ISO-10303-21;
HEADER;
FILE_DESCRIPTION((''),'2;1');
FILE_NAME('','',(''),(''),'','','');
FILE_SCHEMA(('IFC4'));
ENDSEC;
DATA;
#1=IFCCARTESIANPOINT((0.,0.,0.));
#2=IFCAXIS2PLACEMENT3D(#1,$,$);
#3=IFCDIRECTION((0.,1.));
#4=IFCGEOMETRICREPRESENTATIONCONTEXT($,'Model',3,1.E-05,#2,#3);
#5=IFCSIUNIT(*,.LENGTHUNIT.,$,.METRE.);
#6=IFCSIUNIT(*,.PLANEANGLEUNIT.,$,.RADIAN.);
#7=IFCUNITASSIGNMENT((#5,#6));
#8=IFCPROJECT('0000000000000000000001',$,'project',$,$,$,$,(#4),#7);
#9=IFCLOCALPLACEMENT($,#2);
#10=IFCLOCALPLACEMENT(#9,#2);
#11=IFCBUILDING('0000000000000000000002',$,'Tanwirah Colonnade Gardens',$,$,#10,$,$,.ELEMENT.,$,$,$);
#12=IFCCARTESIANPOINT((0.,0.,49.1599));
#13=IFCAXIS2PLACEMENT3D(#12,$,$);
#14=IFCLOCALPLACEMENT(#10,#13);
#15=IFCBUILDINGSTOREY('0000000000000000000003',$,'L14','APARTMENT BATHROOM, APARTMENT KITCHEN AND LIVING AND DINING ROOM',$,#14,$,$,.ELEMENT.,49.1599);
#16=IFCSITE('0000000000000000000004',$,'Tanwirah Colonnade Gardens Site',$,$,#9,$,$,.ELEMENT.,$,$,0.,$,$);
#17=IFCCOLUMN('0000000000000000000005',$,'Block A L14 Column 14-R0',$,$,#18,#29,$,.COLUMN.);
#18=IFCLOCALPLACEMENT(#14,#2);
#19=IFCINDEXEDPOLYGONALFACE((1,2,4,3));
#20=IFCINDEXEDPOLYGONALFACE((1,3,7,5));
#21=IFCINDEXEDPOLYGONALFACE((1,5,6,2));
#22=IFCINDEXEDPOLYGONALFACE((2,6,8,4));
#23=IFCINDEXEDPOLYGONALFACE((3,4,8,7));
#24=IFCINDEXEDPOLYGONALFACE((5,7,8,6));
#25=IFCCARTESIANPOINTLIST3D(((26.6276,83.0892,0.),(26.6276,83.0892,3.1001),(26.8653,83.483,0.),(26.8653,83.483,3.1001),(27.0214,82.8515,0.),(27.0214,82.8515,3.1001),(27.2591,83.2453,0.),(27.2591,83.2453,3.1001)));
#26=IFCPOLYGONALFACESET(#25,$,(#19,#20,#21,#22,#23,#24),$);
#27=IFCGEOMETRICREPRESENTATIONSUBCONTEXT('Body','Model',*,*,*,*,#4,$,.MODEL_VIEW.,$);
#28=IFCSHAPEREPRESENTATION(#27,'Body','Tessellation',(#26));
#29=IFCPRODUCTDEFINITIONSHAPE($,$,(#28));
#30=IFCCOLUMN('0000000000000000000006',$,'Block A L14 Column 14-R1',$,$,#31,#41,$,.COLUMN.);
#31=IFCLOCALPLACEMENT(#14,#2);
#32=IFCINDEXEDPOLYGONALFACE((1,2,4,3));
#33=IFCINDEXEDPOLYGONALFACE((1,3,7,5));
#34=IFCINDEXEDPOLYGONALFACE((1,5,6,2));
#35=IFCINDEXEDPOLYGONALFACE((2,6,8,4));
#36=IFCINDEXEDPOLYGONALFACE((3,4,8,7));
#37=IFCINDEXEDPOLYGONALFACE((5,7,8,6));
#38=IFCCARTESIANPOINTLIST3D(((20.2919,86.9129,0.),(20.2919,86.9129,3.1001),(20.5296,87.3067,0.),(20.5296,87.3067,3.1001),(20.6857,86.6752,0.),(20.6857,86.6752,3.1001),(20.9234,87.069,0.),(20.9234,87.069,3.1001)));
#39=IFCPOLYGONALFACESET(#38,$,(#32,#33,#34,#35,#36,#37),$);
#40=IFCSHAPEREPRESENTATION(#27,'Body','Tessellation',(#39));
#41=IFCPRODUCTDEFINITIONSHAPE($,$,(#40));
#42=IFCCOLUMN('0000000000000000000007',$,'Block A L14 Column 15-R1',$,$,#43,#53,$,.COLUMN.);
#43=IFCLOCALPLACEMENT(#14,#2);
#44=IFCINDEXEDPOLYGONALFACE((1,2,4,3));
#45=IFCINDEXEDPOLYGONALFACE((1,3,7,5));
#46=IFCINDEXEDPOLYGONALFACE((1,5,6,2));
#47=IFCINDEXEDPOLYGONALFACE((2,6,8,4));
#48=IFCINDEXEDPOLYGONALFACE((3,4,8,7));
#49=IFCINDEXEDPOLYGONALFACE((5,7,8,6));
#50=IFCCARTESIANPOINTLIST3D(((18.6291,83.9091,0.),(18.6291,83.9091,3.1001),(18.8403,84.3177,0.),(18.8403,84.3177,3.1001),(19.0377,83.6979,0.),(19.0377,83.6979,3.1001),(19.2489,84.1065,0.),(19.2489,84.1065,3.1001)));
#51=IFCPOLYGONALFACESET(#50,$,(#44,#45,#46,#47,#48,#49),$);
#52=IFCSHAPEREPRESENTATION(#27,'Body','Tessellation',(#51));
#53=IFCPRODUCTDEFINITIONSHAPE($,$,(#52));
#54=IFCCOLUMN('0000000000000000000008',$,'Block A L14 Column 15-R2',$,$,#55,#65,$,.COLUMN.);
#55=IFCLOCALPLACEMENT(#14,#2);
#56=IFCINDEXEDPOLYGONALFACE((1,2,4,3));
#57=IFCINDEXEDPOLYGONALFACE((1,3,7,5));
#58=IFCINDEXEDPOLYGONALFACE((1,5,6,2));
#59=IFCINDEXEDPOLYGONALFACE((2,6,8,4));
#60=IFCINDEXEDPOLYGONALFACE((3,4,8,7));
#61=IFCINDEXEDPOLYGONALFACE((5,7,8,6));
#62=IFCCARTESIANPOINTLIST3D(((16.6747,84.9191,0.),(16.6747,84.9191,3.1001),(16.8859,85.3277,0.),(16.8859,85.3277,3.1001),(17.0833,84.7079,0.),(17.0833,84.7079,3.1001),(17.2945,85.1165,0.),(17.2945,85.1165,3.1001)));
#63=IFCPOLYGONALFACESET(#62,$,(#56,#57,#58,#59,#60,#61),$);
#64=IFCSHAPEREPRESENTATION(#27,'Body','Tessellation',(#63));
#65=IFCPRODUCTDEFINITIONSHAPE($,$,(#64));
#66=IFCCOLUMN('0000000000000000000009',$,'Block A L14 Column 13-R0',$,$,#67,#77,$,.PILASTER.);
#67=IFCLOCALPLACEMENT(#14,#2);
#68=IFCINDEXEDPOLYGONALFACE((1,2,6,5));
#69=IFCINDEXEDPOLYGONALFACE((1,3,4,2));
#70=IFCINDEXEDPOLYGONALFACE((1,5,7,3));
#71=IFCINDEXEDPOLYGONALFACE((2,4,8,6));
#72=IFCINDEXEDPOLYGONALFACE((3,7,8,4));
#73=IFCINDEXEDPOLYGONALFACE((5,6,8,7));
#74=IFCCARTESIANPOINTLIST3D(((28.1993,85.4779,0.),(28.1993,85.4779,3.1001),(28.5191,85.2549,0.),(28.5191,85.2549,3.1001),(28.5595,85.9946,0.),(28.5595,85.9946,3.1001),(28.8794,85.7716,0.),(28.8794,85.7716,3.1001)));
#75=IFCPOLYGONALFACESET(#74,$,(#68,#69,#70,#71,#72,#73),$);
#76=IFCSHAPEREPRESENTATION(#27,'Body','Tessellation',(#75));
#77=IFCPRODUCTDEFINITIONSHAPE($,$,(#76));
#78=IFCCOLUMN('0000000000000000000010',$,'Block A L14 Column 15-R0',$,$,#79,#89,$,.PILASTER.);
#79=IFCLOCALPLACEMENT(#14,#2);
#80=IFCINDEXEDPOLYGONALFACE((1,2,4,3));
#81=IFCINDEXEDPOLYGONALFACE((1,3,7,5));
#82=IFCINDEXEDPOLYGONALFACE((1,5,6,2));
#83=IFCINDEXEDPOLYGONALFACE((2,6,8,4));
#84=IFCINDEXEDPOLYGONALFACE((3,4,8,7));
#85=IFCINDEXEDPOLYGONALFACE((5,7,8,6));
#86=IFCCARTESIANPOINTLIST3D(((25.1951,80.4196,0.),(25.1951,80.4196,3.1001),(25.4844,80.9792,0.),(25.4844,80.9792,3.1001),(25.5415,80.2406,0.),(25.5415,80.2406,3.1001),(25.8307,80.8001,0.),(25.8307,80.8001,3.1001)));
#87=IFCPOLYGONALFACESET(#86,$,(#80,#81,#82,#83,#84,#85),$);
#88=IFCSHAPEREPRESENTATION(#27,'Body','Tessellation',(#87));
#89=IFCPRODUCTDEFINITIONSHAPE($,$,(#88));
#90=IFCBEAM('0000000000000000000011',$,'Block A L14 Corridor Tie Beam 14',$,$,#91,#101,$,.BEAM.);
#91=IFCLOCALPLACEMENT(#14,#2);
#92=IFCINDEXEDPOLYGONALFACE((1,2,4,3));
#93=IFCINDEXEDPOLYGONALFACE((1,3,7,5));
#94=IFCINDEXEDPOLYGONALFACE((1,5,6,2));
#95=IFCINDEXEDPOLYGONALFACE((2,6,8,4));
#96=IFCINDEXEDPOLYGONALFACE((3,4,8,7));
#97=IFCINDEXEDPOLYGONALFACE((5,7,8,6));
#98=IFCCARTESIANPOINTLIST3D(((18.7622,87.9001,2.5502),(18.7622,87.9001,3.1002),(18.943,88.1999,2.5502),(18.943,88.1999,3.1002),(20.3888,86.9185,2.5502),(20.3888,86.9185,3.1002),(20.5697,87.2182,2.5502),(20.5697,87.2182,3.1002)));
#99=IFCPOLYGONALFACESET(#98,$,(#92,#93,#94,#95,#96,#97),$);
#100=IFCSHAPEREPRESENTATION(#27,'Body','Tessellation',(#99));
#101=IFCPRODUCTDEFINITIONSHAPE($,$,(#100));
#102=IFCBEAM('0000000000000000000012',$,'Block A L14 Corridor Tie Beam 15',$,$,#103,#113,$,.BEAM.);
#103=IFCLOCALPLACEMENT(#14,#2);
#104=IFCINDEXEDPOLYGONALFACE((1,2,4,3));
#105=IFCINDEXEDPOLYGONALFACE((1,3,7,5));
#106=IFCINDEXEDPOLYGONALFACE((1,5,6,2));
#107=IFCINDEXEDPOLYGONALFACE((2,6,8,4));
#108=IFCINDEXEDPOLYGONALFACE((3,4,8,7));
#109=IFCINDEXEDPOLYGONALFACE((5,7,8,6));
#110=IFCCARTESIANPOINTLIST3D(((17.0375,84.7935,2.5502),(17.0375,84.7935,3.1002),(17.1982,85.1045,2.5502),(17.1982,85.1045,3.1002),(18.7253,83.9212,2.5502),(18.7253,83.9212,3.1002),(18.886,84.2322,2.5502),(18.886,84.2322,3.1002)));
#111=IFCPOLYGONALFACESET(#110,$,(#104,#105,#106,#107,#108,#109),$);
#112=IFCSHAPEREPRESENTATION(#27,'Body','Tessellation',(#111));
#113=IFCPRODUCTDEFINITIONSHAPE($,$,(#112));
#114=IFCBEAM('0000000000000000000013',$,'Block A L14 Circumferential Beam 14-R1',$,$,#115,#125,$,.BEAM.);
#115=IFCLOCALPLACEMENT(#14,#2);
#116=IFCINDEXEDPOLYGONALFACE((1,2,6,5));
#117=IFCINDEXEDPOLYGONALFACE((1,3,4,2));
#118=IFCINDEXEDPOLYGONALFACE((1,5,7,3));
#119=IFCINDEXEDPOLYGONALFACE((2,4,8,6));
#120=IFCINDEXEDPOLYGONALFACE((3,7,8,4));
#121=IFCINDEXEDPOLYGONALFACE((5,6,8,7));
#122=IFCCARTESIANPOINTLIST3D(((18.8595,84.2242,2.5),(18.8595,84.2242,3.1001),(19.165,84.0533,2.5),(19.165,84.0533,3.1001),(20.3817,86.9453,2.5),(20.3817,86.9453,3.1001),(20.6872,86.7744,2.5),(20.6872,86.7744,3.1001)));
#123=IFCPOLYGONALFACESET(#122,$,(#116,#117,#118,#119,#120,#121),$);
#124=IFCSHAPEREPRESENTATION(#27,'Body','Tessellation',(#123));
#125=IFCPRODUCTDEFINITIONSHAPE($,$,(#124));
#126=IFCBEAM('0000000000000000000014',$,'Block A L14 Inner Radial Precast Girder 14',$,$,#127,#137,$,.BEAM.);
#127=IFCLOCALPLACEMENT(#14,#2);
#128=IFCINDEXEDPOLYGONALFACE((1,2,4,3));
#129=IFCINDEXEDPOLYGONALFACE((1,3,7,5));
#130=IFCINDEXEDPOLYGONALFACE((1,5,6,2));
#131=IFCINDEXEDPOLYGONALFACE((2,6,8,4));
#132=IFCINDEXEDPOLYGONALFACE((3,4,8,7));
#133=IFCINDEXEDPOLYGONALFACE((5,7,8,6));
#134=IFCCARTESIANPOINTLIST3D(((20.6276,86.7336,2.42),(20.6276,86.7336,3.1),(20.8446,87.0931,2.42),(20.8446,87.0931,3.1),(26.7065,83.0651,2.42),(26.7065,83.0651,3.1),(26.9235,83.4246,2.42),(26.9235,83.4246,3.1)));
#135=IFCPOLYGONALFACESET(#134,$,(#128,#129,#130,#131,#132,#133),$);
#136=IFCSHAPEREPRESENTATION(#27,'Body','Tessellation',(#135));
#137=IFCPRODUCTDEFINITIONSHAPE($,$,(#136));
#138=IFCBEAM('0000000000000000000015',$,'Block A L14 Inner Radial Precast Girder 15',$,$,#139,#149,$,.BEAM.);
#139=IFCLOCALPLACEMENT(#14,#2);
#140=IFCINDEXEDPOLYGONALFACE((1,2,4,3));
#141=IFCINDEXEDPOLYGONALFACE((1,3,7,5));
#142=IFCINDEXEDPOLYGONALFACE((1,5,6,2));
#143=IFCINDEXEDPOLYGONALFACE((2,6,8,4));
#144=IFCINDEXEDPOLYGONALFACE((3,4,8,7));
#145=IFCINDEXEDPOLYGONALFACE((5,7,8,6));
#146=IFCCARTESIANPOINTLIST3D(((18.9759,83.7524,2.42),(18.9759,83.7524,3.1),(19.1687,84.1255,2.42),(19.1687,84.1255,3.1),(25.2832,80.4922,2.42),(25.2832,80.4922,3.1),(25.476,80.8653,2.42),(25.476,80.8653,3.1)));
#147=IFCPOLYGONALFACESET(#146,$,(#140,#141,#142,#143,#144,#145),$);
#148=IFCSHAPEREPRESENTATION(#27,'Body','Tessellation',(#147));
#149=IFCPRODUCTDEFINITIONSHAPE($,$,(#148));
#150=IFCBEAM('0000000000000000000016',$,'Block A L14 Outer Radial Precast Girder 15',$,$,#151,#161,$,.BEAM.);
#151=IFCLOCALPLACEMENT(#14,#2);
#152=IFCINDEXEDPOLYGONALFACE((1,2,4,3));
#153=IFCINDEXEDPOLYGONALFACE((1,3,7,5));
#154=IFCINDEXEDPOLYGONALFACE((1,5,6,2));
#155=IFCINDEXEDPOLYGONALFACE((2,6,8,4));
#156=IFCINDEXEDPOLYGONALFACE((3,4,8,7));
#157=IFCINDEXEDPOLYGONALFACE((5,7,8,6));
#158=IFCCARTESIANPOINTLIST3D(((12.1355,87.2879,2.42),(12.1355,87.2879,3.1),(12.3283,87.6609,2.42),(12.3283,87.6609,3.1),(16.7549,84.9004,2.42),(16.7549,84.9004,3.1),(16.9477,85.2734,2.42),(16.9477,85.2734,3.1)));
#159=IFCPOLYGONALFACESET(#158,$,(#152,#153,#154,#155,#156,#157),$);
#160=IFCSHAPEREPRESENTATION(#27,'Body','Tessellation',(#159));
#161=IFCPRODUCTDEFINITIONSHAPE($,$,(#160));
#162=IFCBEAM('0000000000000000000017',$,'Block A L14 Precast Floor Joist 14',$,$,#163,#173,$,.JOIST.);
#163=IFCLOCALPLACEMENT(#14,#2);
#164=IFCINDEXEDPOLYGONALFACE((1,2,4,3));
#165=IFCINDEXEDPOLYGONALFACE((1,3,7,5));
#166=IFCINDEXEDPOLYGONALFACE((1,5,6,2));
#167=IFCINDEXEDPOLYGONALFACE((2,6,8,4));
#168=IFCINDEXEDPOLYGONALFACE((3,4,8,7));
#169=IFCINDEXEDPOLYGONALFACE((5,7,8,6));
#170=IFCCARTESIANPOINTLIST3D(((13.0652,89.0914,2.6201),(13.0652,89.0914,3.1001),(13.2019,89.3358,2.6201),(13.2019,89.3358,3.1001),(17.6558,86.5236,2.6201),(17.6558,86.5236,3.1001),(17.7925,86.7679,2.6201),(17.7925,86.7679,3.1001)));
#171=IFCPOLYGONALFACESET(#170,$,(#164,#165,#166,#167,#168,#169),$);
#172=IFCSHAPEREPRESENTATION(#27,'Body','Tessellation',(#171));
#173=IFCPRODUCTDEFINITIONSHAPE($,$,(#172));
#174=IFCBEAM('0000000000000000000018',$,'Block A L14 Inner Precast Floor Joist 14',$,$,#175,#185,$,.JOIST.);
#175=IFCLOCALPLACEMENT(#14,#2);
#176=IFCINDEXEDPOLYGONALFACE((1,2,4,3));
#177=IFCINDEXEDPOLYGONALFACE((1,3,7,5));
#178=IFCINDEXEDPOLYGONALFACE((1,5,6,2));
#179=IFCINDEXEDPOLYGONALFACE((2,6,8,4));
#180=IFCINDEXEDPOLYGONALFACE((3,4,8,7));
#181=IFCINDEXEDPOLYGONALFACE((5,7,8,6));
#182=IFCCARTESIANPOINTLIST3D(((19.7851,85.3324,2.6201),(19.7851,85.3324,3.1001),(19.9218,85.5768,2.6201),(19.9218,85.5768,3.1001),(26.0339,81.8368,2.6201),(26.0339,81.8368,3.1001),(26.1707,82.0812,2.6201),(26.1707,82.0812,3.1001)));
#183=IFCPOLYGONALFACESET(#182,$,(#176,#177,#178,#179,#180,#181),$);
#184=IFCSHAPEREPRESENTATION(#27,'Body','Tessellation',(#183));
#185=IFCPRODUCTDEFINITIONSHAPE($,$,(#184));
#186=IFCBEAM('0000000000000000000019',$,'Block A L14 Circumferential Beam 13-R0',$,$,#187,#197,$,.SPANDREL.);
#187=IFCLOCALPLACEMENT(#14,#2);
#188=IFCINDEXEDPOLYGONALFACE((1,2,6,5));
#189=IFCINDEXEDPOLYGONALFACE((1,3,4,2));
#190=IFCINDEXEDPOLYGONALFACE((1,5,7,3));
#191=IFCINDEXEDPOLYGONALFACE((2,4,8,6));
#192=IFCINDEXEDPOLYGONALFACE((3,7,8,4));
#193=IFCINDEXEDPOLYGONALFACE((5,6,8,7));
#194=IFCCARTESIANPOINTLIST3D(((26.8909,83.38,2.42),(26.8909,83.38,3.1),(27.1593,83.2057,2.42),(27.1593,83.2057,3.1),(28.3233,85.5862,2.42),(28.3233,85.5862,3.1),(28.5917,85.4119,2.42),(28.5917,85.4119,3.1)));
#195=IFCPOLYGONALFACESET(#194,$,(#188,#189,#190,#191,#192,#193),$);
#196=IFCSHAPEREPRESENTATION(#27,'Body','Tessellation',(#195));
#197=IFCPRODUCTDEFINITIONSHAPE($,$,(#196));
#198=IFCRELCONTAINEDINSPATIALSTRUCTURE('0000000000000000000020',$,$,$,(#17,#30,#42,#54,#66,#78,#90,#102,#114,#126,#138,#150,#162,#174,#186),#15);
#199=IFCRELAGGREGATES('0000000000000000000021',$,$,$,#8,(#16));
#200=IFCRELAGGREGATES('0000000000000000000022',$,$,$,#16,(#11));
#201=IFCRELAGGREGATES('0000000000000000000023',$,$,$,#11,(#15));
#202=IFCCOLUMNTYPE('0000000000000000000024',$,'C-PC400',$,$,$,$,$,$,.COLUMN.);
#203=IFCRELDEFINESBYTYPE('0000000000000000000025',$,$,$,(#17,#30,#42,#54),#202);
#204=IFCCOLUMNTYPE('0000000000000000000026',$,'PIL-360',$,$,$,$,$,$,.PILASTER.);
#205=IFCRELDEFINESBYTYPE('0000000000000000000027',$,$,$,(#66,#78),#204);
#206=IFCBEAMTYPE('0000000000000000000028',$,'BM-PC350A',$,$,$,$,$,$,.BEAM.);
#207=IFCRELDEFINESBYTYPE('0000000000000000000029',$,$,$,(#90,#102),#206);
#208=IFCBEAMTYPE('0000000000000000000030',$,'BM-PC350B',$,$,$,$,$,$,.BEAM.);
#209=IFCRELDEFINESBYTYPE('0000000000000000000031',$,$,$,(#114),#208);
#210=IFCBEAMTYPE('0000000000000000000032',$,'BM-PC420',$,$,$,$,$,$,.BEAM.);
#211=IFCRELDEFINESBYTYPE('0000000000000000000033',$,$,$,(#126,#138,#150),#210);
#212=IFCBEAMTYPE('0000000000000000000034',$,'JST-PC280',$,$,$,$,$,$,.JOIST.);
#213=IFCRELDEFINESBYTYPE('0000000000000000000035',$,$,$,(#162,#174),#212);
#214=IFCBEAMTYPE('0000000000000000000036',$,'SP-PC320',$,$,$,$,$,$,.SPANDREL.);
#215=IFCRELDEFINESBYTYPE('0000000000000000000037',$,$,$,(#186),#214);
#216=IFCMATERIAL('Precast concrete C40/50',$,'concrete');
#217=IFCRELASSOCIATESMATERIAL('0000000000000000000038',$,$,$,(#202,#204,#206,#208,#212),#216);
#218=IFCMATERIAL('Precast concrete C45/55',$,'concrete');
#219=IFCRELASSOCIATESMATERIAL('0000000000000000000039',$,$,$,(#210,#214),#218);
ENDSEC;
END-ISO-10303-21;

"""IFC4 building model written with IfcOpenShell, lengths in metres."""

from ifc_helpers import new_model, si_unit, direction, frame, origin, origin_2d, place, context, subcontext, project, spatial, rectangle, extrude, material, material_profile, profile_set, type_object, element, save


model = new_model("IFC4")

# Units and contexts
model_context = context("Model", 3, precision=1e-05, world=origin(), true_north=direction((0.0, 1.0)))
body_context = subcontext(model_context, "Body", "Model", "MODEL_VIEW")
ifc_project = project(units=[si_unit("LENGTHUNIT", "METRE"), si_unit("PLANEANGLEUNIT", "RADIAN")], contexts=[model_context])

# Site, building, storey
site_placement = place(None, origin())
site = spatial("IfcSite", under=ifc_project, at=site_placement, Name="Tanwirah Colonnade Gardens Site", CompositionType="ELEMENT", RefElevation=0.0)
building_placement = place(site_placement, origin())
building = spatial("IfcBuilding", under=site, at=building_placement, Name="Tanwirah Colonnade Gardens", CompositionType="ELEMENT")
storey_placement = place(building_placement, frame((0.0, 0.0, 49.1599)))
storey = spatial("IfcBuildingStorey", under=building, at=storey_placement, Name="L14", Description="APARTMENT BATHROOM, APARTMENT KITCHEN AND LIVING AND DINING ROOM", CompositionType="ELEMENT", Elevation=49.1599)

# Columns
ifc_material_1 = material(Name="Precast concrete C40/50", Category="concrete")
ifc_material_profile_1 = material_profile(ifc_material_1, rectangle(XDim=0.46, YDim=0.46, at=origin_2d()), Name="PC-COL 460x460")
ifc_profile_set_1 = profile_set([ifc_material_profile_1], Name="Precast concrete C40/50")
column_type_1 = type_object("IfcColumnType", Name="C-PC400", PredefinedType="COLUMN", material=ifc_profile_set_1)
for number, where, z_axis, x_axis, name in (
    (1, (26.9434, 83.1672, 0.0), (0.0, 0.0, 1.0), (-0.856167, 0.516699, 0.0), "Block A L14 Column 14-R0"),
    (2, (20.6077, 86.991, 0.0), (0.0, 0.0, 1.0), (-0.856167, 0.516699, 0.0), "Block A L14 Column 14-R1"),
    (3, (18.939, 84.0078, 0.0), (0.0, 0.0, 1.0), (-0.88835, 0.459166, 0.0), "Block A L14 Column 15-R1"),
    (4, (16.9846, 85.0178, 0.0), (0.0, 0.0, 1.0), (-0.88835, 0.459166, 0.0), "Block A L14 Column 15-R2"),
):
    element("IfcColumn", number, at=place(storey_placement, frame(where, z_axis=z_axis, x_axis=x_axis)), inside=storey, type_object=column_type_1, Name=name, PredefinedType="COLUMN", context=body_context, shape_type="SweptSolid", body=[
        extrude(rectangle(XDim=0.46, YDim=0.46, at=origin_2d()), origin(), (0.0, 0.0, 1.0), 3.1001),
    ])
ifc_material_profile_2 = material_profile(ifc_material_1, rectangle(XDim=0.3899, YDim=0.6299, at=origin_2d()), Name="PC-PIL 390x630")
ifc_profile_set_2 = profile_set([ifc_material_profile_2], Name="Precast concrete C40/50")
column_type_2 = type_object("IfcColumnType", Name="PIL-360", PredefinedType="PILASTER", material=ifc_profile_set_2)
for number, where, z_axis, x_axis, name in (
    (5, (28.5393, 85.6248, 0.0), (0.0, 0.0, 1.0), (-0.820263, 0.571987, 0.0), "Block A L14 Column 13-R0"),
    (6, (25.5129, 80.6099, 0.0), (0.0, 0.0, 1.0), (-0.88835, 0.459166, 0.0), "Block A L14 Column 15-R0"),
):
    element("IfcColumn", number, at=place(storey_placement, frame(where, z_axis=z_axis, x_axis=x_axis)), inside=storey, type_object=column_type_2, Name=name, PredefinedType="PILASTER", context=body_context, shape_type="SweptSolid", body=[
        extrude(rectangle(XDim=0.3899, YDim=0.6299, at=origin_2d()), origin(), (0.0, 0.0, 1.0), 3.1001),
    ])

# Beams
ifc_material_profile_3 = material_profile(ifc_material_1, rectangle(XDim=0.3501, YDim=0.55, at=origin_2d()), Name="PC-BM 350x550")
ifc_profile_set_3 = profile_set([ifc_material_profile_3], Name="Precast concrete C40/50")
beam_type_1 = type_object("IfcBeamType", Name="BM-PC350A", PredefinedType="BEAM", material=ifc_profile_set_3)
for number, where, z_axis, x_axis, name in (
    (7, (20.4792, 87.0684, 2.8252), (-0.856175, 0.516686, 0.0), (-0.516686, -0.856175, 0.0), "Block A L14 Corridor Tie Beam 14"),
    (8, (18.8057, 84.0767, 2.8252), (-0.888359, 0.45915, 0.0), (-0.45915, -0.888359, 0.0), "Block A L14 Corridor Tie Beam 15"),
):
    element("IfcBeam", number, at=place(storey_placement, frame(where, z_axis=z_axis, x_axis=x_axis)), inside=storey, type_object=beam_type_1, Name=name, PredefinedType="BEAM", context=body_context, shape_type="SweptSolid", body=[
        extrude(rectangle(XDim=0.3501, YDim=0.55, at=origin_2d()), origin(), (0.0, 0.0, 1.0), 1.8999),
    ])
ifc_material_profile_4 = material_profile(ifc_material_1, rectangle(XDim=0.3501, YDim=0.6001, at=origin_2d()), Name="PC-BM 350x600")
ifc_profile_set_4 = profile_set([ifc_material_profile_4], Name="Precast concrete C40/50")
beam_type_2 = type_object("IfcBeamType", Name="BM-PC350B", PredefinedType="BEAM", material=ifc_profile_set_4)
beam_1_placement = place(storey_placement, frame((20.5344, 86.8599, 2.8), z_axis=(-0.4882, -0.872732, 0.0), x_axis=(0.872732, -0.4882, 0.0)))
element("IfcBeam", 9, at=beam_1_placement, inside=storey, type_object=beam_type_2, Name="Block A L14 Circumferential Beam 14-R1", PredefinedType="BEAM", context=body_context, shape_type="SweptSolid", body=[
    extrude(rectangle(XDim=0.3501, YDim=0.6001, at=origin_2d()), origin(), (0.0, 0.0, 1.0), 3.1179),
])
ifc_material_2 = material(Name="Precast concrete C45/55", Category="concrete")
ifc_material_profile_5 = material_profile(ifc_material_2, rectangle(XDim=0.4199, YDim=0.6799, at=origin_2d()), Name="PC-BM 420x680")
ifc_profile_set_5 = profile_set([ifc_material_profile_5], Name="Precast concrete C45/55")
beam_type_3 = type_object("IfcBeamType", Name="BM-PC420", PredefinedType="BEAM", material=ifc_profile_set_5)
for number, where, z_axis, x_axis, name in (
    (10, (20.7361, 86.9133, 2.76), (0.856176, -0.516684, 0.0), (0.516684, 0.856176, 0.0), "Block A L14 Inner Radial Precast Girder 14"),
    (11, (19.0723, 83.939, 2.76), (0.888343, -0.459181, 0.0), (0.459181, 0.888343, 0.0), "Block A L14 Inner Radial Precast Girder 15"),
):
    element("IfcBeam", number, at=place(storey_placement, frame(where, z_axis=z_axis, x_axis=x_axis)), inside=storey, type_object=beam_type_3, Name=name, PredefinedType="BEAM", context=body_context, shape_type="SweptSolid", body=[
        extrude(rectangle(XDim=0.4199, YDim=0.6799, at=origin_2d()), origin(), (0.0, 0.0, 1.0), 7.1001),
    ])
beam_2_placement = place(storey_placement, frame((16.8513, 85.0869, 2.76), z_axis=(-0.888366, 0.459137, 0.0), x_axis=(-0.459137, -0.888366, 0.0)))
element("IfcBeam", 12, at=beam_2_placement, inside=storey, type_object=beam_type_3, Name="Block A L14 Outer Radial Precast Girder 15", PredefinedType="BEAM", context=body_context, shape_type="SweptSolid", body=[
    extrude(rectangle(XDim=0.4199, YDim=0.6799, at=origin_2d()), origin(), (0.0, 0.0, 1.0), 5.2),
])
ifc_material_profile_6 = material_profile(ifc_material_1, rectangle(XDim=0.28, YDim=0.48, at=origin_2d()), Name="PC-JST 280x480")
ifc_profile_set_6 = profile_set([ifc_material_profile_6], Name="Precast concrete C40/50")
beam_type_4 = type_object("IfcBeamType", Name="JST-PC280", PredefinedType="JOIST", material=ifc_profile_set_6)
beam_3_placement = place(storey_placement, frame((17.7241, 86.6458, 2.8601), z_axis=(-0.872737, 0.488191, 0.0), x_axis=(-0.488191, -0.872737, 0.0)))
element("IfcBeam", 13, at=beam_3_placement, inside=storey, type_object=beam_type_4, Name="Block A L14 Precast Floor Joist 14", PredefinedType="JOIST", context=body_context, shape_type="SweptSolid", body=[
    extrude(rectangle(XDim=0.28, YDim=0.48, at=origin_2d()), origin(), (0.0, 0.0, 1.0), 5.26),
])
beam_4_placement = place(storey_placement, frame((26.1023, 81.959, 2.8601), z_axis=(-0.872727, 0.488209, 0.0), x_axis=(-0.488209, -0.872727, 0.0)))
element("IfcBeam", 14, at=beam_4_placement, inside=storey, type_object=beam_type_4, Name="Block A L14 Inner Precast Floor Joist 14", PredefinedType="JOIST", context=body_context, shape_type="SweptSolid", body=[
    extrude(rectangle(XDim=0.28, YDim=0.48, at=origin_2d()), origin(), (0.0, 0.0, 1.0), 7.1602),
])
ifc_material_profile_7 = material_profile(ifc_material_2, rectangle(XDim=0.3201, YDim=0.6799, at=origin_2d()), Name="PC-SP 320x680")
ifc_profile_set_7 = profile_set([ifc_material_profile_7], Name="Precast concrete C45/55")
beam_type_5 = type_object("IfcBeamType", Name="SP-PC320", PredefinedType="SPANDREL", material=ifc_profile_set_7)
beam_5_placement = place(storey_placement, frame((28.4575, 85.499, 2.76), z_axis=(-0.544571, -0.838715, 0.0), x_axis=(0.838715, -0.544571, 0.0)))
element("IfcBeam", 15, at=beam_5_placement, inside=storey, type_object=beam_type_5, Name="Block A L14 Circumferential Beam 13-R0", PredefinedType="SPANDREL", context=body_context, shape_type="SweptSolid", body=[
    extrude(rectangle(XDim=0.3201, YDim=0.6799, at=origin_2d()), origin(), (0.0, 0.0, 1.0), 2.6304),
])

save(model, "model.ifc")
